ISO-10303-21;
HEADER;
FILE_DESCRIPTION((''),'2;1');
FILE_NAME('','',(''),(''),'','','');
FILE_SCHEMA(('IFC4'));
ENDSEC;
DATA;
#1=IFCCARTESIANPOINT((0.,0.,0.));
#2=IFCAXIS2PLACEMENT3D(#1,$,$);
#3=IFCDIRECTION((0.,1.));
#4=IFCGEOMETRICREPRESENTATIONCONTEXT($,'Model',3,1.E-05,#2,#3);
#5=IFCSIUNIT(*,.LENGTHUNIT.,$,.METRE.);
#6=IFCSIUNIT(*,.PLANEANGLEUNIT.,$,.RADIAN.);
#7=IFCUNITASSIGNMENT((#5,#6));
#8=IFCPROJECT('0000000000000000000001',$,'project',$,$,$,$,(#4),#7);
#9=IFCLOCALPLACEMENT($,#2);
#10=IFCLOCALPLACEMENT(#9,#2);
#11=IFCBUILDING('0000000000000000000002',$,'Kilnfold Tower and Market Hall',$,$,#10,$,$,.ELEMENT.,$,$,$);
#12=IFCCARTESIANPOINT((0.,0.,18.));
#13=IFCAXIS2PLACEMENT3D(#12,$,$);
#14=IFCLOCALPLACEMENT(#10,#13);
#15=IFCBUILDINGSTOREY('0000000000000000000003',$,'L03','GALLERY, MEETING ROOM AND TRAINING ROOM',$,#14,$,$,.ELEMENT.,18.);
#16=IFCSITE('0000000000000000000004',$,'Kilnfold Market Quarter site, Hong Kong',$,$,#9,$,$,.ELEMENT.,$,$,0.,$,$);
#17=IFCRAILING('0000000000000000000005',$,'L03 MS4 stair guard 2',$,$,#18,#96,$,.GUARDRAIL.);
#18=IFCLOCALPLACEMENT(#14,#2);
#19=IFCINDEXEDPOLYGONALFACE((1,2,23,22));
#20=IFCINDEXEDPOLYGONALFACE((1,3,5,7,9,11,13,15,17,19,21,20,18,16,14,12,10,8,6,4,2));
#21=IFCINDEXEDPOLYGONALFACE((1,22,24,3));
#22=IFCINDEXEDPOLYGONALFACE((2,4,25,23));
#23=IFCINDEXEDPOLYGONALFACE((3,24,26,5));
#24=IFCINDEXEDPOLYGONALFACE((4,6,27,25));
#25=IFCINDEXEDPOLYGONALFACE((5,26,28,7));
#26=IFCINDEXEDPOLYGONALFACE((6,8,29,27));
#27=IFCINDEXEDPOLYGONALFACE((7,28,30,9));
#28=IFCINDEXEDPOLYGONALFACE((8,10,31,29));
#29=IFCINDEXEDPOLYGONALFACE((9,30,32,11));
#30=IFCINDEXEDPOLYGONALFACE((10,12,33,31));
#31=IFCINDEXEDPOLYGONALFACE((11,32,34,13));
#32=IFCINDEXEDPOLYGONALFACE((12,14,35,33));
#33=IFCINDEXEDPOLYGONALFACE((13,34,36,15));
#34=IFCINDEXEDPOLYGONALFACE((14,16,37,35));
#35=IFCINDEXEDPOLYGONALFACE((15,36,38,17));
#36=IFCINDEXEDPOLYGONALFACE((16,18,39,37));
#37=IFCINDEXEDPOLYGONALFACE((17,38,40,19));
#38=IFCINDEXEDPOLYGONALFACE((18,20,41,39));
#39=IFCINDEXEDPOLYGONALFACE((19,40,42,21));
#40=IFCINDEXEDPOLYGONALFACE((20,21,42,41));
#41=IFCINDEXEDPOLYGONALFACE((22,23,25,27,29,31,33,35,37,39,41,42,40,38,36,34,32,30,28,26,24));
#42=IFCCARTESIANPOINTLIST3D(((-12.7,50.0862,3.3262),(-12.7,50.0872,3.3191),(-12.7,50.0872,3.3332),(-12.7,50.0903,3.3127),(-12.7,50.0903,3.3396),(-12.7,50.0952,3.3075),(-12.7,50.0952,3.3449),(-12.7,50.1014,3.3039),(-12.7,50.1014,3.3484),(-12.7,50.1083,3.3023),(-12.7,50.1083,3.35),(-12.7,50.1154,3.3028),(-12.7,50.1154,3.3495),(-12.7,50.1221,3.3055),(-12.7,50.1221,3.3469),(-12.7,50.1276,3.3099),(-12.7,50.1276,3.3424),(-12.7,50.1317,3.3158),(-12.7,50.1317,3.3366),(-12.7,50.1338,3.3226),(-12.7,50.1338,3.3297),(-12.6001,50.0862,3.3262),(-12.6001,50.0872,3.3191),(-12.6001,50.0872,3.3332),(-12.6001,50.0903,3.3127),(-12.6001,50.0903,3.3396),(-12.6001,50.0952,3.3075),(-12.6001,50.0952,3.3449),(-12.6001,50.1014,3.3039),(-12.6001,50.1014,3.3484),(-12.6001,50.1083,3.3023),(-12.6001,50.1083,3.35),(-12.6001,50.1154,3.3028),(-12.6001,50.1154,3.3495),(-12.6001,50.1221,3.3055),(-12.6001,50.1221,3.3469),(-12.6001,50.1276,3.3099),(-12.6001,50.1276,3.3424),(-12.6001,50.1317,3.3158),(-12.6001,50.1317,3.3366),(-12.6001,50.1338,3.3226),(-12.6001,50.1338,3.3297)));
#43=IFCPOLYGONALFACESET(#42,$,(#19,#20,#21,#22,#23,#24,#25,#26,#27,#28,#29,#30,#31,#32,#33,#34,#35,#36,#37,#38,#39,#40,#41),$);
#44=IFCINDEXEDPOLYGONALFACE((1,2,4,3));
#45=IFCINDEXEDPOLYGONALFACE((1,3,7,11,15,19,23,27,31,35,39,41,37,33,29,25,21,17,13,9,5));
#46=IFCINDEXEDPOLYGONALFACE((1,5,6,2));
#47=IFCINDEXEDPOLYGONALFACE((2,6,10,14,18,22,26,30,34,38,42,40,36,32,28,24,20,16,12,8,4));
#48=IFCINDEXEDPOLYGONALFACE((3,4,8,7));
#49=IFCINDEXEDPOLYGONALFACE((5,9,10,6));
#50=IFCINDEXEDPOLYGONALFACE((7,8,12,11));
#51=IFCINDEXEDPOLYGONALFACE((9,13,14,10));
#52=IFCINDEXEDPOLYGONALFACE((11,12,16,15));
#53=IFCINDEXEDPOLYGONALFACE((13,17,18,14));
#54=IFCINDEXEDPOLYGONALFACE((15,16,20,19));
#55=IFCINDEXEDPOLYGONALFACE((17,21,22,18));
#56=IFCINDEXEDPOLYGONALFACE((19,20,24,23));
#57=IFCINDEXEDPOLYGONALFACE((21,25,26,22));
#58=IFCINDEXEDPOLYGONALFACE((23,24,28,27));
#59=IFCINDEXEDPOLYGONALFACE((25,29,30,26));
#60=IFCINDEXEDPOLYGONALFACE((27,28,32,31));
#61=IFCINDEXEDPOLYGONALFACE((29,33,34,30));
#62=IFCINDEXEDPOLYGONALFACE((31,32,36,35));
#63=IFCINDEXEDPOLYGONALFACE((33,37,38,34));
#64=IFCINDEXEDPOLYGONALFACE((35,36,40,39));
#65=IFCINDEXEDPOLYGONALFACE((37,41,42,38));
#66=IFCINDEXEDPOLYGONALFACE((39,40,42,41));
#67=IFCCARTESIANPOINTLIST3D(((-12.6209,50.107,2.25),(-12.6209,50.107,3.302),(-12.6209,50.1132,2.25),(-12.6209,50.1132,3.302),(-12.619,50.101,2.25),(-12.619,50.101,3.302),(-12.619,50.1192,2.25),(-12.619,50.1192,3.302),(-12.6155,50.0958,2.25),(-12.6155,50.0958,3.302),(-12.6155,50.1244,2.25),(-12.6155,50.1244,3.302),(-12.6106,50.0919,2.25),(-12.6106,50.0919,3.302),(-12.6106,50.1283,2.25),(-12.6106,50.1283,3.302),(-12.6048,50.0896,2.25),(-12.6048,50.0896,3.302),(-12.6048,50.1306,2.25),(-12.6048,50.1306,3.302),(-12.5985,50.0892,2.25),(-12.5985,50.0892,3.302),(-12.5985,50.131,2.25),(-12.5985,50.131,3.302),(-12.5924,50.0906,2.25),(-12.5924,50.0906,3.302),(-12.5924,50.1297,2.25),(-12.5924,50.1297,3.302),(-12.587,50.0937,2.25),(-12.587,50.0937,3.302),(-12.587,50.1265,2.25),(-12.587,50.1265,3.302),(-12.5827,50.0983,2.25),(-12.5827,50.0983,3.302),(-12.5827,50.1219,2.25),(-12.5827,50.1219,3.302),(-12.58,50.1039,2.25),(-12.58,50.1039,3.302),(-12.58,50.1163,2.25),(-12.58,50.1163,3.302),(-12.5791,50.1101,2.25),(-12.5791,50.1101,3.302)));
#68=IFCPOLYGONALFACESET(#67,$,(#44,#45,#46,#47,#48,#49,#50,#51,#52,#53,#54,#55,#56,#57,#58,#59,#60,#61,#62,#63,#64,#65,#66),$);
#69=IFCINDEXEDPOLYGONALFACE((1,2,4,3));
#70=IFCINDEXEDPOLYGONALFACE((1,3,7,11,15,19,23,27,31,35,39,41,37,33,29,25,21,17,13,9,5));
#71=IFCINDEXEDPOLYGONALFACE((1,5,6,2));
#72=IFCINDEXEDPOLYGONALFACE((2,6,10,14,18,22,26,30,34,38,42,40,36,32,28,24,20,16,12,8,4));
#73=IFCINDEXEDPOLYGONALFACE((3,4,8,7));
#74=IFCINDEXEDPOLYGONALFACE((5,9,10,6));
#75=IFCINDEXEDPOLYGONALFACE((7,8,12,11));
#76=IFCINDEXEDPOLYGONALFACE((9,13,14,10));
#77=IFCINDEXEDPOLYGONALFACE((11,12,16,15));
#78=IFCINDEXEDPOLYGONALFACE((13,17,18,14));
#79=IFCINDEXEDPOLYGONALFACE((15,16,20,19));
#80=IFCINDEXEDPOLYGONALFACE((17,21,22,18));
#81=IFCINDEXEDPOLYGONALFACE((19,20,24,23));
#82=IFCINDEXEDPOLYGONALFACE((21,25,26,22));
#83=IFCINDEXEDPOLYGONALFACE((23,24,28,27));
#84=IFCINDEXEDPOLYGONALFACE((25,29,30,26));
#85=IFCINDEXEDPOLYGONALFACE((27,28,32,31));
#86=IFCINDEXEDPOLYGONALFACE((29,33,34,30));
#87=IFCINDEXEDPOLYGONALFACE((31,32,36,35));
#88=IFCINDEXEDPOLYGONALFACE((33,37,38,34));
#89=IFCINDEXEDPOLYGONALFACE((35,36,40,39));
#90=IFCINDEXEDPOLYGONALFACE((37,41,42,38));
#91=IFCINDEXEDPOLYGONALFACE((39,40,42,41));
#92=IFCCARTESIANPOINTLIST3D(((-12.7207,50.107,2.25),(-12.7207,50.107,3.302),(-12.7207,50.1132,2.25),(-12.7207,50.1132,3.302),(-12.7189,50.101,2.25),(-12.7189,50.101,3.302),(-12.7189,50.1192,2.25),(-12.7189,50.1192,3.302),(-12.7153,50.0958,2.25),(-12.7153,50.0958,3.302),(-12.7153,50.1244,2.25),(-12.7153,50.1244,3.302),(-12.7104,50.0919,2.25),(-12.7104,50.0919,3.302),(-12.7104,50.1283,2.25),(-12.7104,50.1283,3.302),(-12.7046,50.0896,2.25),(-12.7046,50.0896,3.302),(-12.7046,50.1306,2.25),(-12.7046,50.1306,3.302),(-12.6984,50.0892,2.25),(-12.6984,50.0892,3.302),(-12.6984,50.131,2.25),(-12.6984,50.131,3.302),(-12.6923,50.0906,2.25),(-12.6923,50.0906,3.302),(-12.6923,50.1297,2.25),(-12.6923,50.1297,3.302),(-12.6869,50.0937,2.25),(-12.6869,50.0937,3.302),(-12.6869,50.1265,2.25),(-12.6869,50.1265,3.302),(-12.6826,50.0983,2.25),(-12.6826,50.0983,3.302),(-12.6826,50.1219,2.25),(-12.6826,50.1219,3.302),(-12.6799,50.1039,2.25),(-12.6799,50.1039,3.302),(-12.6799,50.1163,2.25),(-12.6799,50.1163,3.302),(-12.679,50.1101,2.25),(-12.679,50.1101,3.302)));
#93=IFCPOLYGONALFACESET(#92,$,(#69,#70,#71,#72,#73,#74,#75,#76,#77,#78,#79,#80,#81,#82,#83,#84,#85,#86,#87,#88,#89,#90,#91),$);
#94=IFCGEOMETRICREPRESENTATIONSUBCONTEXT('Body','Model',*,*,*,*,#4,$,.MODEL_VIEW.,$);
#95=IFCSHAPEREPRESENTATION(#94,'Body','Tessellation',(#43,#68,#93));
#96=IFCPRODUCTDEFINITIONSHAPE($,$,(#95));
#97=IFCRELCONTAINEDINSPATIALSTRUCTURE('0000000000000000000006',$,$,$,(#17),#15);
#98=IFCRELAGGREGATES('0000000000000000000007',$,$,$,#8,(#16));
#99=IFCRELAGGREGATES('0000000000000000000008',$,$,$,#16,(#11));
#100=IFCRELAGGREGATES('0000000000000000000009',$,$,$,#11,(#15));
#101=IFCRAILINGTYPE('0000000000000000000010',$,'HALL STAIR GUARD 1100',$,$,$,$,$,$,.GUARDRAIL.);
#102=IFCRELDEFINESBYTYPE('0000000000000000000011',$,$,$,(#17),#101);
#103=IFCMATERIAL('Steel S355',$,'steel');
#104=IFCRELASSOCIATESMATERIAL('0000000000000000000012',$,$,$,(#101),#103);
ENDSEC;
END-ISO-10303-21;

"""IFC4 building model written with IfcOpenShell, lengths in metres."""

from ifc_helpers import new_model, si_unit, direction, frame, origin, origin_2d, place, context, subcontext, project, spatial, circle, extrude, material, type_object, element, save


model = new_model("IFC4")

# Units and contexts
model_context = context("Model", 3, precision=1e-05, world=origin(), true_north=direction((0.0, 1.0)))
body_context = subcontext(model_context, "Body", "Model", "MODEL_VIEW")
ifc_project = project(units=[si_unit("LENGTHUNIT", "METRE"), si_unit("PLANEANGLEUNIT", "RADIAN")], contexts=[model_context])

# Site, building, storey
site_placement = place(None, origin())
site = spatial("IfcSite", under=ifc_project, at=site_placement, Name="Kilnfold Market Quarter site, Hong Kong", CompositionType="ELEMENT", RefElevation=0.0)
building_placement = place(site_placement, origin())
building = spatial("IfcBuilding", under=site, at=building_placement, Name="Kilnfold Tower and Market Hall", CompositionType="ELEMENT")
storey_placement = place(building_placement, frame((0.0, 0.0, 18.0)))
storey = spatial("IfcBuildingStorey", under=building, at=storey_placement, Name="L03", Description="GALLERY, MEETING ROOM AND TRAINING ROOM", CompositionType="ELEMENT", Elevation=18.0)

# Railing
ifc_material_1 = material(Name="Steel S355", Category="steel")
railing_type_1 = type_object("IfcRailingType", Name="HALL STAIR GUARD 1100", PredefinedType="GUARDRAIL", material=ifc_material_1)
railing_1_placement = place(storey_placement, frame((-12.6001, 50.1101, 2.25)))
element("IfcRailing", 1, at=railing_1_placement, inside=storey, type_object=railing_type_1, Name="L03 MS4 stair guard 2", PredefinedType="GUARDRAIL", context=body_context, shape_type="SweptSolid", body=[
    extrude(circle(Radius=0.0239, at=origin_2d()), frame((0.0, 0.0, 1.0762), z_axis=(-1.0, 0.0, 0.0), x_axis=(0.0, -1.0, 0.0)), (0.0, 0.0, 1.0), 0.0999),
    extrude(circle(Radius=0.021, at=origin_2d()), origin(), (0.0, 0.0, 1.0), 1.052),
    extrude(circle(Radius=0.021, at=origin_2d()), frame((-0.0999, 0.0, 0.0)), (0.0, 0.0, 1.0), 1.052),
])

save(model, "model.ifc")
